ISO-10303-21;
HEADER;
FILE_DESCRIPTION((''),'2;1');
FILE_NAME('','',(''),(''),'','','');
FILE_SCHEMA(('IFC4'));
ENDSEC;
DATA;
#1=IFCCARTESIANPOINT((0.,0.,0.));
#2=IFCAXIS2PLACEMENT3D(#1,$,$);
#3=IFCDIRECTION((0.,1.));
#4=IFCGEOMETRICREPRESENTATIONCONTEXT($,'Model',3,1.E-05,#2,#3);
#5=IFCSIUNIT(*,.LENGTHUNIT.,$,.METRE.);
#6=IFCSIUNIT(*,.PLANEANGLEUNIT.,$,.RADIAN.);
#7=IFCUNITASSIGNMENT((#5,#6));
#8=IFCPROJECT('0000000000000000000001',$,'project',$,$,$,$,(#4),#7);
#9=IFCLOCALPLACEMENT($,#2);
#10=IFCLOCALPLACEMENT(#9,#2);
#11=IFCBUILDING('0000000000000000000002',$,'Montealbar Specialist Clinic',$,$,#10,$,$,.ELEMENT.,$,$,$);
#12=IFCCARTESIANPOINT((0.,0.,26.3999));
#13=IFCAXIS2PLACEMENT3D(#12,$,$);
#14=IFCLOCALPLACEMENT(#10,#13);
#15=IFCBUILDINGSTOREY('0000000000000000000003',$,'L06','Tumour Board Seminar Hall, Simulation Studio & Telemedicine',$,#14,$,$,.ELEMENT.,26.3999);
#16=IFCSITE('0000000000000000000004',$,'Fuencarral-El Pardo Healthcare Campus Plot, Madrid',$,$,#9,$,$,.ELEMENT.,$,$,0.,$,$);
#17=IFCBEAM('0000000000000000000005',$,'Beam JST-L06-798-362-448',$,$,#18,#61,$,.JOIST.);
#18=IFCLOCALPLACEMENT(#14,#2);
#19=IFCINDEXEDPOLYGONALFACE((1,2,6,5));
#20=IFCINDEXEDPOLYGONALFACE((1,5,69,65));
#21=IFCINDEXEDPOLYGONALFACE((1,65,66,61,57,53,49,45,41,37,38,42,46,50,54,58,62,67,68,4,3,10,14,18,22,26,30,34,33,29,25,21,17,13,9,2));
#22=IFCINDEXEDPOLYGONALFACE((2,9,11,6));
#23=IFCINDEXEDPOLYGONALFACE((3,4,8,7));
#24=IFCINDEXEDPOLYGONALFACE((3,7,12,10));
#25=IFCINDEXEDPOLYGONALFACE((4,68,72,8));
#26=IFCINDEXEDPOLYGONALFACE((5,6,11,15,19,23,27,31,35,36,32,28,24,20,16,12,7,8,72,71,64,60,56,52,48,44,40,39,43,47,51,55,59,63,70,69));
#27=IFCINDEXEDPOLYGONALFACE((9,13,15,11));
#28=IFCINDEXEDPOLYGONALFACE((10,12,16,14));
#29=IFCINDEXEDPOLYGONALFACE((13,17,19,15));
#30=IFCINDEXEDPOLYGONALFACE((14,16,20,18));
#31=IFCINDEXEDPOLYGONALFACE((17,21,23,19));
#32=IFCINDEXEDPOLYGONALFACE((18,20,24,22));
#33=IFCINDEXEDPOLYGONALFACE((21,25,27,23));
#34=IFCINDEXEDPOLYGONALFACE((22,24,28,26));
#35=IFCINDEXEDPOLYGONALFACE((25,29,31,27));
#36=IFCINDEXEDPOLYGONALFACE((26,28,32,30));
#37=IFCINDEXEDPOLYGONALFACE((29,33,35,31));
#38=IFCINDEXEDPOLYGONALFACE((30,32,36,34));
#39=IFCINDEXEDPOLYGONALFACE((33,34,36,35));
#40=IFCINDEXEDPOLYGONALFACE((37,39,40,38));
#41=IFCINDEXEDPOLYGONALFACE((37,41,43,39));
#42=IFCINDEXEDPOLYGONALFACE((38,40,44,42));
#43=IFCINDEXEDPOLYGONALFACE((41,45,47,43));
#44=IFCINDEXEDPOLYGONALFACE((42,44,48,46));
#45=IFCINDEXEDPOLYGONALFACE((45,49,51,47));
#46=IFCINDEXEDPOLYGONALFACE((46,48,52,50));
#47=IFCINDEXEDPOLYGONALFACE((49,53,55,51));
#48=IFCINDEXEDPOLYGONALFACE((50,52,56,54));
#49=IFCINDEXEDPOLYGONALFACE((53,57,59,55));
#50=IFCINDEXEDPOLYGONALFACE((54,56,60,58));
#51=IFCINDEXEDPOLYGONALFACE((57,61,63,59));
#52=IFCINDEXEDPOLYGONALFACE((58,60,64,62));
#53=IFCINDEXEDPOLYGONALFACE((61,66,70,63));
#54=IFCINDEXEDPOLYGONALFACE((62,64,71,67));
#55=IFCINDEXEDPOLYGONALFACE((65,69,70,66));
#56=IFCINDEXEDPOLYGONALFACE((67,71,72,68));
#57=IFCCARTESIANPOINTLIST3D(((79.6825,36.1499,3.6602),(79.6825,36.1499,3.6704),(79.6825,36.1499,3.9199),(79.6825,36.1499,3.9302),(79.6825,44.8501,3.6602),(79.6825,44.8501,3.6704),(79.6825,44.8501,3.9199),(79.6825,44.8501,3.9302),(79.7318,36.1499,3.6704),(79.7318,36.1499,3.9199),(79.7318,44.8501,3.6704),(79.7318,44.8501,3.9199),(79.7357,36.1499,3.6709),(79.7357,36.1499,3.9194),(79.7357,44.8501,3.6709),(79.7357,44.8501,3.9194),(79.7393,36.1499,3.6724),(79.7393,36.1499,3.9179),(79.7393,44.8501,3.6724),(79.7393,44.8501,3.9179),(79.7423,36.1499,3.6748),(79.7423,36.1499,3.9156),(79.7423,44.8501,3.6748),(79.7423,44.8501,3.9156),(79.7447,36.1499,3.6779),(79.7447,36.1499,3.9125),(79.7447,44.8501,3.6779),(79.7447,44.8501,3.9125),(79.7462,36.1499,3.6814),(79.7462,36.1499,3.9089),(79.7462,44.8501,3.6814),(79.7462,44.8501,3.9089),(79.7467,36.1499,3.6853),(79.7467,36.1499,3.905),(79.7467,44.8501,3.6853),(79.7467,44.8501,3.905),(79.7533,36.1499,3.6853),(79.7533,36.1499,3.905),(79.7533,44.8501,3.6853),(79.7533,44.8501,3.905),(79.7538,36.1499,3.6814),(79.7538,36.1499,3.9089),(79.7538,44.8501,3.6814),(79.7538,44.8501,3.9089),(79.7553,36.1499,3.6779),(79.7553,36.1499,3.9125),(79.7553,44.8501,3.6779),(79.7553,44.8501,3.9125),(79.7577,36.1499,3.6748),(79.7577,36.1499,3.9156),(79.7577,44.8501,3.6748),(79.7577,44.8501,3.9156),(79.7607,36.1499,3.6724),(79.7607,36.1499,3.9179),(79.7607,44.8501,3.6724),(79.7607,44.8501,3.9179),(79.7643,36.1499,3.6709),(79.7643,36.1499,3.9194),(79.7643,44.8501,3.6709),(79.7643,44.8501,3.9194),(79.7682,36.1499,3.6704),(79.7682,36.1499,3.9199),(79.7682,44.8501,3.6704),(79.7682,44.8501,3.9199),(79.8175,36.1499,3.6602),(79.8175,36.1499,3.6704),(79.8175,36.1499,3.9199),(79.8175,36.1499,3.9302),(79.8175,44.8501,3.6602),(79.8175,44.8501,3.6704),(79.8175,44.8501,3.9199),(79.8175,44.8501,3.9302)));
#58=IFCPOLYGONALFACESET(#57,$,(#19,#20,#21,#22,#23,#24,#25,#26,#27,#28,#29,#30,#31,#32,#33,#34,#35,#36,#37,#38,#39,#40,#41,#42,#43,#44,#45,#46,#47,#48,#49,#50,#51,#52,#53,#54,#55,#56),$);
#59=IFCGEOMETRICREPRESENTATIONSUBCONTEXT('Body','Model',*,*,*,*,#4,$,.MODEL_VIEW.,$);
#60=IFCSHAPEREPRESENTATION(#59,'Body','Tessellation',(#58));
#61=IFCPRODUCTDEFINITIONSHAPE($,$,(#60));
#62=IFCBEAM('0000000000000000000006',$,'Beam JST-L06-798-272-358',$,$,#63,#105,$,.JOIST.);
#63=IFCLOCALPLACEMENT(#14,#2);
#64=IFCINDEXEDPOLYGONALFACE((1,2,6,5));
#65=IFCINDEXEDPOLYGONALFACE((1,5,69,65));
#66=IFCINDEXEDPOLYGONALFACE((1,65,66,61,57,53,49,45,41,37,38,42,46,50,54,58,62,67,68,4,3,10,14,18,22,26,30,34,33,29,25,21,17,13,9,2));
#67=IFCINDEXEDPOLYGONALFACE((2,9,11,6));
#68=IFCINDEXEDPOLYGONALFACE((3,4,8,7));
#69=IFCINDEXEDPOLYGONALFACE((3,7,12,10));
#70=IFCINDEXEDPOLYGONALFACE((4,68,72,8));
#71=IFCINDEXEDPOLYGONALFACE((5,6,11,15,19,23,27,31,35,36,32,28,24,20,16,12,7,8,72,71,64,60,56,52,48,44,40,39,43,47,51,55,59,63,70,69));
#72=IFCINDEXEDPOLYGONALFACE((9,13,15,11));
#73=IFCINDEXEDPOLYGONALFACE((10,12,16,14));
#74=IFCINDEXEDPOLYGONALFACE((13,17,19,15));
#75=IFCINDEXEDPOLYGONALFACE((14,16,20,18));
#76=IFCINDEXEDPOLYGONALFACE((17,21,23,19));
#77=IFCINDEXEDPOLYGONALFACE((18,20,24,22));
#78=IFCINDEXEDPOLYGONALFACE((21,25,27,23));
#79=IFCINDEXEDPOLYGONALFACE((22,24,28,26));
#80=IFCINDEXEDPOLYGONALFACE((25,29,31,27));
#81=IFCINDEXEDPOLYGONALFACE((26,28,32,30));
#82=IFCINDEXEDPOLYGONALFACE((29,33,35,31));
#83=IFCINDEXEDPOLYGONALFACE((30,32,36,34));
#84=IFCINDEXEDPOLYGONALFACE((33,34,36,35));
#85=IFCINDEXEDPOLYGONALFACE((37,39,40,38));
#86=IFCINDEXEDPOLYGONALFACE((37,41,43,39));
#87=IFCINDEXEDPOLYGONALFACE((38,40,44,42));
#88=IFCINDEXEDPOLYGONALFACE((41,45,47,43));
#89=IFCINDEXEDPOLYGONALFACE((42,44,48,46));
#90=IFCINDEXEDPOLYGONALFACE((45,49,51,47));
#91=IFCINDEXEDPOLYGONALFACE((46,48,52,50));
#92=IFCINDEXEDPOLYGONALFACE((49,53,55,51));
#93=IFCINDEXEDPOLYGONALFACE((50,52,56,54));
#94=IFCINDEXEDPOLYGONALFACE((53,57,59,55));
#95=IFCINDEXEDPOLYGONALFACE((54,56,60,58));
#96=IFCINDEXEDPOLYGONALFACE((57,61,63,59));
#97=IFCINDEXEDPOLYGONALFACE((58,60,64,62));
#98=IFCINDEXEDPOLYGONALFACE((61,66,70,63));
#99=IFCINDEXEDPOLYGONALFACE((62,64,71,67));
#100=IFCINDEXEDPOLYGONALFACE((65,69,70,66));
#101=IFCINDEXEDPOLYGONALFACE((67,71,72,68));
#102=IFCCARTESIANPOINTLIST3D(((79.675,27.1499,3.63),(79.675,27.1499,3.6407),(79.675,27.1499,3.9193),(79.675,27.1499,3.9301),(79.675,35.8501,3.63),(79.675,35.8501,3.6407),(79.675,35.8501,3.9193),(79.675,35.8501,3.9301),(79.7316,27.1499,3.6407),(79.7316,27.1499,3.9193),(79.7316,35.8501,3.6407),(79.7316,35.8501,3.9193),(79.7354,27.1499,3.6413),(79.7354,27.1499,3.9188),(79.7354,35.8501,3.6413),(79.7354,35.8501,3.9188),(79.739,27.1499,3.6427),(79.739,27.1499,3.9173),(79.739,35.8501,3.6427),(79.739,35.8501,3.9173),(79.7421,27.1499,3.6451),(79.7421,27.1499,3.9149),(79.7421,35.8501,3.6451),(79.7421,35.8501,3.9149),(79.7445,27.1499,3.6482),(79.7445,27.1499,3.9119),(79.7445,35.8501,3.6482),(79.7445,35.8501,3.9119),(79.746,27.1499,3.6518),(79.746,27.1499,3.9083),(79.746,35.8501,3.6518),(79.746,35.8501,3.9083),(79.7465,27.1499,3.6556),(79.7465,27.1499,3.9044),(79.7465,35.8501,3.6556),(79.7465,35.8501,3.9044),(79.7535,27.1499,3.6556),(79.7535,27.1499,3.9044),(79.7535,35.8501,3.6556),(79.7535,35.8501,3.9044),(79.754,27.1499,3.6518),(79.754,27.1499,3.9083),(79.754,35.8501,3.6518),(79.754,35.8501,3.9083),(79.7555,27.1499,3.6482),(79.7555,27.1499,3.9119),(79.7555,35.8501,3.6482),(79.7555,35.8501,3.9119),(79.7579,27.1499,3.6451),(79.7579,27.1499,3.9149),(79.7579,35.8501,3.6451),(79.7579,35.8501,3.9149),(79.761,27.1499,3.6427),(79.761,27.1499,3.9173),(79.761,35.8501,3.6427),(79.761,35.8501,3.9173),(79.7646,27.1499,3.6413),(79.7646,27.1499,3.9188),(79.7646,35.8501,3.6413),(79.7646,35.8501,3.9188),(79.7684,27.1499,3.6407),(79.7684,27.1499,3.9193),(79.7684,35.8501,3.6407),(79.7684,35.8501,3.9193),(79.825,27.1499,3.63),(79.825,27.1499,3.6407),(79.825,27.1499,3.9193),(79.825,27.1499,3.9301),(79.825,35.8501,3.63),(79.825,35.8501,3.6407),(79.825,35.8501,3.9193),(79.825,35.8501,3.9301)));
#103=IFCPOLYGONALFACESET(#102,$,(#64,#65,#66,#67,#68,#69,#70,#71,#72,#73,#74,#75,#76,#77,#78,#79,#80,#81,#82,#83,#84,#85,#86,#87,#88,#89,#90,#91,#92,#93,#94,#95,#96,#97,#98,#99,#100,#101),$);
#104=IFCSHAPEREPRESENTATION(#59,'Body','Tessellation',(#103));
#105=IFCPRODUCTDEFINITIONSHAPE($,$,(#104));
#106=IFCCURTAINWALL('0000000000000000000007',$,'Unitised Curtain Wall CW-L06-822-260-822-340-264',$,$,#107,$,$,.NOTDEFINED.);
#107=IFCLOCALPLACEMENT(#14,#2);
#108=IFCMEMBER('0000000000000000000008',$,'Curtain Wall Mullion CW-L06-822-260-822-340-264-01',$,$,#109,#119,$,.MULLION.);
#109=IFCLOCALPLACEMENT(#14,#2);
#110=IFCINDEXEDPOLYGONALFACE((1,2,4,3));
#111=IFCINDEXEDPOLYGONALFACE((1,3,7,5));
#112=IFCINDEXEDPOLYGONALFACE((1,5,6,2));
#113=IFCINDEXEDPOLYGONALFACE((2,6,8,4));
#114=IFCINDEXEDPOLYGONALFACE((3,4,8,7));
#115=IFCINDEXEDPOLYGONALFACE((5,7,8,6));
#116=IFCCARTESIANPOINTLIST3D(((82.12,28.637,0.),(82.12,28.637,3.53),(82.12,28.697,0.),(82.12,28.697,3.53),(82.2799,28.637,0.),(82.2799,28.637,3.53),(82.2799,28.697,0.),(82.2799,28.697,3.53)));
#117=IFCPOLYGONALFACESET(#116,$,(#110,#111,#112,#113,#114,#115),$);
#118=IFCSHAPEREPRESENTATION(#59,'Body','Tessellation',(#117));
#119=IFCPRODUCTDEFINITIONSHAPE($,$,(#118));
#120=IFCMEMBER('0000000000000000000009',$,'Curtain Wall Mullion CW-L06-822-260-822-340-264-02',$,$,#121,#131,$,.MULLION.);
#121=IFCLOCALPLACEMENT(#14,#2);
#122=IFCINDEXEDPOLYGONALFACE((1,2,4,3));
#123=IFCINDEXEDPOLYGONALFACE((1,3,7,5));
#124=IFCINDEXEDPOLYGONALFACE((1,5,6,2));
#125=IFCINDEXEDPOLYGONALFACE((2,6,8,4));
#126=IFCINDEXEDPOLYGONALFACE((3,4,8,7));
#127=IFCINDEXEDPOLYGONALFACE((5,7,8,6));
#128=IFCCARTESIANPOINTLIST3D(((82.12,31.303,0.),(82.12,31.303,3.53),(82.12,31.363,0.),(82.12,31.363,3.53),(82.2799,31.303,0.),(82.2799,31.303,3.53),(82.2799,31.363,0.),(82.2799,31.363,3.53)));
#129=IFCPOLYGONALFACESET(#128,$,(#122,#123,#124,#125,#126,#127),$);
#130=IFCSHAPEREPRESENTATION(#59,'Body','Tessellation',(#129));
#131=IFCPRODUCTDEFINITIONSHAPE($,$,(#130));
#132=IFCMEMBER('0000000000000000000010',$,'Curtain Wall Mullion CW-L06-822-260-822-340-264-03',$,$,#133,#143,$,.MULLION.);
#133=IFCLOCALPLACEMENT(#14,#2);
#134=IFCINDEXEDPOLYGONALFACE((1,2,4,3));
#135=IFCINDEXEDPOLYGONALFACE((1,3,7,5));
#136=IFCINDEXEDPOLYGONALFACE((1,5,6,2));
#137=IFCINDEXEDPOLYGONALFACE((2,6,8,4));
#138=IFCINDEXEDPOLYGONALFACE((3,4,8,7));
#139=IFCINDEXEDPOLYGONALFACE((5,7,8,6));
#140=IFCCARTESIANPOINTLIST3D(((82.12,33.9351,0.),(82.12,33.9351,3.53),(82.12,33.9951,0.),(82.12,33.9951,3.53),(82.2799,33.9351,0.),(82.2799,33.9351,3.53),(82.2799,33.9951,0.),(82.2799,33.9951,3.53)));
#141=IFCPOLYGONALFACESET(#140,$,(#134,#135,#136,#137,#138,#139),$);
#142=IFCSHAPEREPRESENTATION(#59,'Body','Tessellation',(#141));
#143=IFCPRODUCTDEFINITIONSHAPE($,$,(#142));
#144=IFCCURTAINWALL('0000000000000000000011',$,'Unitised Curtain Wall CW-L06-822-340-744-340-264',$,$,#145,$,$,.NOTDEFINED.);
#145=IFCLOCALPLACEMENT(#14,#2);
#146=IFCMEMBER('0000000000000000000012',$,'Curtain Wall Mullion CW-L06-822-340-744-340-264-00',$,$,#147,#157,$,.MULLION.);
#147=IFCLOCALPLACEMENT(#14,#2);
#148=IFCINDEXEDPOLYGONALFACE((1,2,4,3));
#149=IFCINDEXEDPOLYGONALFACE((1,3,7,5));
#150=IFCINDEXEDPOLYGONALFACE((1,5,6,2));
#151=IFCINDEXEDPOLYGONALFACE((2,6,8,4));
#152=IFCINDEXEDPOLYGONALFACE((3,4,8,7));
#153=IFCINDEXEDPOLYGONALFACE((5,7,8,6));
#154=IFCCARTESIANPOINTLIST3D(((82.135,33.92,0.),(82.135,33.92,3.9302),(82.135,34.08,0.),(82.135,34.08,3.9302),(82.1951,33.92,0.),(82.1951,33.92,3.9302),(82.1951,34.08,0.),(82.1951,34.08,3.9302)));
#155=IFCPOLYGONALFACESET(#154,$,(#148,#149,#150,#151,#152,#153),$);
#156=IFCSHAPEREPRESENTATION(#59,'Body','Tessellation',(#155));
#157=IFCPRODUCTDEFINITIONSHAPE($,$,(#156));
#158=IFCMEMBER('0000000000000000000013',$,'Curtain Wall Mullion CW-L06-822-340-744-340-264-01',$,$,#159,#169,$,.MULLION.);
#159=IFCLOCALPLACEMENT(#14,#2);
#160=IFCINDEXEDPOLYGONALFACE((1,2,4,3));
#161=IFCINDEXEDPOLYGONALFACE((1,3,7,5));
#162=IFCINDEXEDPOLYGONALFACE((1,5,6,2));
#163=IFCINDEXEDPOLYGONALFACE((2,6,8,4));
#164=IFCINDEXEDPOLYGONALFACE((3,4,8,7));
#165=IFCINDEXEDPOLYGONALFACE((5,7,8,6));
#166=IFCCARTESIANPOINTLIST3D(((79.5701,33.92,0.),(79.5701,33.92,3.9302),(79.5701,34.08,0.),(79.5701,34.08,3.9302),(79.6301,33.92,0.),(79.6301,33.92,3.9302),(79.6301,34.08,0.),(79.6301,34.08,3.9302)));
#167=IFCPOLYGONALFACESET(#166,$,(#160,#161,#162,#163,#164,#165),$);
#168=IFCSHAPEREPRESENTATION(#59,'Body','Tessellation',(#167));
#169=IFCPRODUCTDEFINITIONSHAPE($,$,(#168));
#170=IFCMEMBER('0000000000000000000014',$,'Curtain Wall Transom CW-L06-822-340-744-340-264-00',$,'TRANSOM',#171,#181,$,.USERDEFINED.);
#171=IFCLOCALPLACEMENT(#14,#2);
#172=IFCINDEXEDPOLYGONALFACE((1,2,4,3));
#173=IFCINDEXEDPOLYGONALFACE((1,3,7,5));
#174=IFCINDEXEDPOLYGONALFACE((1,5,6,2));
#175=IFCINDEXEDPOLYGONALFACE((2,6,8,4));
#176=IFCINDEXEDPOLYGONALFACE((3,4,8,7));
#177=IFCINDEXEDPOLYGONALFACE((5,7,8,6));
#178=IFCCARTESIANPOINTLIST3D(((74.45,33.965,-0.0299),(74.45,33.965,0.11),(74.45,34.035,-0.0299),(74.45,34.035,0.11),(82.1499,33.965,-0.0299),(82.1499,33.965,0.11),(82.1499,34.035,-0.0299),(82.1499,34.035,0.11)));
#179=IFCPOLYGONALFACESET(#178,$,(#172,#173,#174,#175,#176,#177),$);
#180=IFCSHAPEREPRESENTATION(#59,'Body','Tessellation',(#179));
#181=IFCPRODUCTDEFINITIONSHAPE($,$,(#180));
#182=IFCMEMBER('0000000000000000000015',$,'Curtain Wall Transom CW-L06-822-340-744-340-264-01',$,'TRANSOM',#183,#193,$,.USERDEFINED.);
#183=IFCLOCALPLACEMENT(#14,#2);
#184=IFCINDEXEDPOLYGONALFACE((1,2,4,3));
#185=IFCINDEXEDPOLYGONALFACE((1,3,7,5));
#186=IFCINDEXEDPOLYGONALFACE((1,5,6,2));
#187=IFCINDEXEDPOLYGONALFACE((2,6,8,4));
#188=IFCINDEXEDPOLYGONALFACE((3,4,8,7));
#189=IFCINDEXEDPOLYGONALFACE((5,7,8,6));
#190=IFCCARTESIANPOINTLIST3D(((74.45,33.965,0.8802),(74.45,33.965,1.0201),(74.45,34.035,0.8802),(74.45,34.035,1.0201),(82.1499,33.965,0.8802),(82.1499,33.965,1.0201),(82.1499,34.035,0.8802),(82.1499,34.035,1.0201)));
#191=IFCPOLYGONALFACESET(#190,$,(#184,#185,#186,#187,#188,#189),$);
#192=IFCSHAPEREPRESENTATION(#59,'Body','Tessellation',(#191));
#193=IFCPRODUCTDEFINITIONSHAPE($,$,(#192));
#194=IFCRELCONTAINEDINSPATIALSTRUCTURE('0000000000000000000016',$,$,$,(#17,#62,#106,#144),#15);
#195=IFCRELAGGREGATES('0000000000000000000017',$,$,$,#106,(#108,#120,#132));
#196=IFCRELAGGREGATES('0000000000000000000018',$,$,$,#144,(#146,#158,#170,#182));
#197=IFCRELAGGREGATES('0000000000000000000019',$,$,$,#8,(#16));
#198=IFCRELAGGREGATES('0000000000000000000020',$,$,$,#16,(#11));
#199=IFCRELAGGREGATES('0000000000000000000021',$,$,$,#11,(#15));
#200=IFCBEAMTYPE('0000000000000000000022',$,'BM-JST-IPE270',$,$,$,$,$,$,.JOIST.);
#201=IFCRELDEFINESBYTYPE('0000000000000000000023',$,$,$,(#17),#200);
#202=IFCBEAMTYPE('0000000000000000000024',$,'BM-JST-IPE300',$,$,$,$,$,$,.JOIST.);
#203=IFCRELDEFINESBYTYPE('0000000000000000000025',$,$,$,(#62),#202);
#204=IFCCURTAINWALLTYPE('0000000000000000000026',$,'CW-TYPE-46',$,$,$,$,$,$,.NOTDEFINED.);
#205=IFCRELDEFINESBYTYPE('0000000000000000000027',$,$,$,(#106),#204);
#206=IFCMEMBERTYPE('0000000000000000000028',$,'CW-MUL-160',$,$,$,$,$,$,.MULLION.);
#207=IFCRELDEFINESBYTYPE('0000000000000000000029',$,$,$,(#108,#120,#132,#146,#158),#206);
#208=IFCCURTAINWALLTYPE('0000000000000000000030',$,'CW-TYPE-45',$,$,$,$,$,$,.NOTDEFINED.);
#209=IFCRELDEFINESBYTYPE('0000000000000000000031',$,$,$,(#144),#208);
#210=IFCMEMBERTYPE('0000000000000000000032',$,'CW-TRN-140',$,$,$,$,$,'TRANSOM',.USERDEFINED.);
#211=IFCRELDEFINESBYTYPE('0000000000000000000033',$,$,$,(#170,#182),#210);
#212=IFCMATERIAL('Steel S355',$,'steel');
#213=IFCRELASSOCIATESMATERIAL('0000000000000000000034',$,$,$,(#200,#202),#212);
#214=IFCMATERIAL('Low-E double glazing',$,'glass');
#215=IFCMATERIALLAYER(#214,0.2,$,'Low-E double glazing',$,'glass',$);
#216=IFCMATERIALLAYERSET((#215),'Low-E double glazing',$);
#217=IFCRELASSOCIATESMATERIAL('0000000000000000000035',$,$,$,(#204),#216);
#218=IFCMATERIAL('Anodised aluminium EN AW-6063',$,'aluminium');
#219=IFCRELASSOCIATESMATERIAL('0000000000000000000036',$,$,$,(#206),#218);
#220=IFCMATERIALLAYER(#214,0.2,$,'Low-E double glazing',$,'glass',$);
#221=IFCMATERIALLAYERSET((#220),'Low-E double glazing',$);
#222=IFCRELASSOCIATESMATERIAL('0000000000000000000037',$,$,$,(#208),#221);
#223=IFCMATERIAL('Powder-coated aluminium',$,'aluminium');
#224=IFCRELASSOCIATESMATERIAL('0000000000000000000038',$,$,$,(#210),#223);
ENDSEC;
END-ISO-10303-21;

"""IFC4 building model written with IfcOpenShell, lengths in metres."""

from ifc_helpers import new_model, si_unit, direction, frame, origin, origin_2d, place, context, subcontext, project, spatial, rectangle, i_section, extrude, material, layer, layer_set, material_profile, profile_set, type_object, element, aggregate, save


model = new_model("IFC4")

# Units and contexts
model_context = context("Model", 3, precision=1e-05, world=origin(), true_north=direction((0.0, 1.0)))
body_context = subcontext(model_context, "Body", "Model", "MODEL_VIEW")
ifc_project = project(units=[si_unit("LENGTHUNIT", "METRE"), si_unit("PLANEANGLEUNIT", "RADIAN")], contexts=[model_context])

# Site, building, storey
site_placement = place(None, origin())
site = spatial("IfcSite", under=ifc_project, at=site_placement, Name="Fuencarral-El Pardo Healthcare Campus Plot, Madrid", CompositionType="ELEMENT", RefElevation=0.0)
building_placement = place(site_placement, origin())
building = spatial("IfcBuilding", under=site, at=building_placement, Name="Montealbar Specialist Clinic", CompositionType="ELEMENT")
storey_placement = place(building_placement, frame((0.0, 0.0, 26.3999)))
storey = spatial("IfcBuildingStorey", under=building, at=storey_placement, Name="L06", Description="Tumour Board Seminar Hall, Simulation Studio & Telemedicine", CompositionType="ELEMENT", Elevation=26.3999)

# Beams
ifc_material_1 = material(Name="Steel S355", Category="steel")
ifc_material_profile_1 = material_profile(ifc_material_1, i_section(OverallWidth=0.135, OverallDepth=0.27, WebThickness=0.0066, FlangeThickness=0.0103, FilletRadius=0.0149, at=origin_2d()), Name="IPE 270", Category="steel")
ifc_profile_set_1 = profile_set([ifc_material_profile_1], Name="Steel S355")
beam_type_1 = type_object("IfcBeamType", Name="BM-JST-IPE270", PredefinedType="JOIST", material=ifc_profile_set_1)
beam_1_placement = place(storey_placement, frame((79.75, 36.1499, 3.7952), z_axis=(0.0, 1.0, 0.0), x_axis=(-1.0, 0.0, 0.0)))
element("IfcBeam", 1, at=beam_1_placement, inside=storey, type_object=beam_type_1, Name="Beam JST-L06-798-362-448", PredefinedType="JOIST", context=body_context, shape_type="SweptSolid", body=[
    extrude(i_section(OverallWidth=0.135, OverallDepth=0.27, WebThickness=0.0066, FlangeThickness=0.0103, FilletRadius=0.0149, at=origin_2d()), origin(), (0.0, 0.0, 1.0), 8.7002),
])
ifc_material_profile_2 = material_profile(ifc_material_1, i_section(OverallWidth=0.1499, OverallDepth=0.3, WebThickness=0.0071, FlangeThickness=0.0107, FilletRadius=0.0149, at=origin_2d()), Name="IPE 300", Category="steel")
ifc_profile_set_2 = profile_set([ifc_material_profile_2], Name="Steel S355")
beam_type_2 = type_object("IfcBeamType", Name="BM-JST-IPE300", PredefinedType="JOIST", material=ifc_profile_set_2)
beam_2_placement = place(storey_placement, frame((79.75, 27.1499, 3.78), z_axis=(0.0, 1.0, 0.0), x_axis=(-1.0, 0.0, 0.0)))
element("IfcBeam", 2, at=beam_2_placement, inside=storey, type_object=beam_type_2, Name="Beam JST-L06-798-272-358", PredefinedType="JOIST", context=body_context, shape_type="SweptSolid", body=[
    extrude(i_section(OverallWidth=0.1499, OverallDepth=0.3, WebThickness=0.0071, FlangeThickness=0.0107, FilletRadius=0.0149, at=origin_2d()), origin(), (0.0, 0.0, 1.0), 8.7002),
])

# Curtain walls, members
ifc_material_2 = material(Name="Low-E double glazing", Category="glass")
ifc_layer_1 = layer(ifc_material_2, 0.2, Name="Low-E double glazing", Category="glass")
ifc_layer_set_1 = layer_set([ifc_layer_1], Name="Low-E double glazing")
curtain_wall_type_1 = type_object("IfcCurtainWallType", Name="CW-TYPE-46", PredefinedType="NOTDEFINED", material=ifc_layer_set_1)
curtain_wall_1_placement = place(storey_placement, origin())
curtain_wall_1 = element("IfcCurtainWall", 3, at=curtain_wall_1_placement, inside=storey, type_object=curtain_wall_type_1, Name="Unitised Curtain Wall CW-L06-822-260-822-340-264", PredefinedType="NOTDEFINED")
ifc_material_3 = material(Name="Anodised aluminium EN AW-6063", Category="aluminium")
ifc_material_profile_3 = material_profile(ifc_material_3, rectangle(XDim=0.0601, YDim=0.1599, at=origin_2d()), Name="ALU 60x160", Category="aluminium")
ifc_profile_set_3 = profile_set([ifc_material_profile_3], Name="Anodised aluminium EN AW-6063")
member_type_1 = type_object("IfcMemberType", Name="CW-MUL-160", PredefinedType="MULLION", material=ifc_profile_set_3)
member_1_placement = place(storey_placement, frame((82.2, 28.667, 0.0), z_axis=(0.0, 0.0, 1.0), x_axis=(0.0, 1.0, 0.0)))
member_1 = element("IfcMember", 4, at=member_1_placement, type_object=member_type_1, Name="Curtain Wall Mullion CW-L06-822-260-822-340-264-01", PredefinedType="MULLION", context=body_context, shape_type="SweptSolid", body=[
    extrude(rectangle(XDim=0.0601, YDim=0.1599, at=origin_2d()), origin(), (0.0, 0.0, 1.0), 3.53),
])
member_2_placement = place(storey_placement, frame((82.2, 31.333, 0.0), z_axis=(0.0, 0.0, 1.0), x_axis=(0.0, 1.0, 0.0)))
member_2 = element("IfcMember", 5, at=member_2_placement, type_object=member_type_1, Name="Curtain Wall Mullion CW-L06-822-260-822-340-264-02", PredefinedType="MULLION", context=body_context, shape_type="SweptSolid", body=[
    extrude(rectangle(XDim=0.0601, YDim=0.1599, at=origin_2d()), origin(), (0.0, 0.0, 1.0), 3.53),
])
member_3_placement = place(storey_placement, frame((82.2, 33.9651, 0.0), z_axis=(0.0, 0.0, 1.0), x_axis=(0.0, 1.0, 0.0)))
member_3 = element("IfcMember", 6, at=member_3_placement, type_object=member_type_1, Name="Curtain Wall Mullion CW-L06-822-260-822-340-264-03", PredefinedType="MULLION", context=body_context, shape_type="SweptSolid", body=[
    extrude(rectangle(XDim=0.0601, YDim=0.1599, at=origin_2d()), origin(), (0.0, 0.0, 1.0), 3.53),
])
ifc_layer_2 = layer(ifc_material_2, 0.2, Name="Low-E double glazing", Category="glass")
ifc_layer_set_2 = layer_set([ifc_layer_2], Name="Low-E double glazing")
curtain_wall_type_2 = type_object("IfcCurtainWallType", Name="CW-TYPE-45", PredefinedType="NOTDEFINED", material=ifc_layer_set_2)
curtain_wall_2_placement = place(storey_placement, origin())
curtain_wall_2 = element("IfcCurtainWall", 7, at=curtain_wall_2_placement, inside=storey, type_object=curtain_wall_type_2, Name="Unitised Curtain Wall CW-L06-822-340-744-340-264", PredefinedType="NOTDEFINED")
member_4_placement = place(storey_placement, frame((82.165, 34.0, 0.0), z_axis=(0.0, 0.0, 1.0), x_axis=(-1.0, 0.0, 0.0)))
member_4 = element("IfcMember", 8, at=member_4_placement, type_object=member_type_1, Name="Curtain Wall Mullion CW-L06-822-340-744-340-264-00", PredefinedType="MULLION", context=body_context, shape_type="SweptSolid", body=[
    extrude(rectangle(XDim=0.0601, YDim=0.1599, at=origin_2d()), origin(), (0.0, 0.0, 1.0), 3.9302),
])
member_5_placement = place(storey_placement, frame((79.6001, 34.0, 0.0), z_axis=(0.0, 0.0, 1.0), x_axis=(-1.0, 0.0, 0.0)))
member_5 = element("IfcMember", 9, at=member_5_placement, type_object=member_type_1, Name="Curtain Wall Mullion CW-L06-822-340-744-340-264-01", PredefinedType="MULLION", context=body_context, shape_type="SweptSolid", body=[
    extrude(rectangle(XDim=0.0601, YDim=0.1599, at=origin_2d()), origin(), (0.0, 0.0, 1.0), 3.9302),
])
ifc_material_4 = material(Name="Powder-coated aluminium", Category="aluminium")
ifc_material_profile_4 = material_profile(ifc_material_4, rectangle(XDim=0.0701, YDim=0.1399, at=origin_2d()), Name="ALU 70x140", Category="aluminium")
ifc_profile_set_4 = profile_set([ifc_material_profile_4], Name="Powder-coated aluminium")
member_type_2 = type_object("IfcMemberType", Name="CW-TRN-140", ElementType="TRANSOM", PredefinedType="USERDEFINED", material=ifc_profile_set_4)
member_6_placement = place(storey_placement, frame((82.1499, 34.0, 0.04), z_axis=(-1.0, 0.0, 0.0), x_axis=(0.0, -1.0, 0.0)))
member_6 = element("IfcMember", 10, at=member_6_placement, type_object=member_type_2, Name="Curtain Wall Transom CW-L06-822-340-744-340-264-00", ObjectType="TRANSOM", PredefinedType="USERDEFINED", context=body_context, shape_type="SweptSolid", body=[
    extrude(rectangle(XDim=0.0701, YDim=0.1399, at=origin_2d()), origin(), (0.0, 0.0, 1.0), 7.7),
])
member_7_placement = place(storey_placement, frame((82.1499, 34.0, 0.9502), z_axis=(-1.0, 0.0, 0.0), x_axis=(0.0, -1.0, 0.0)))
member_7 = element("IfcMember", 11, at=member_7_placement, type_object=member_type_2, Name="Curtain Wall Transom CW-L06-822-340-744-340-264-01", ObjectType="TRANSOM", PredefinedType="USERDEFINED", context=body_context, shape_type="SweptSolid", body=[
    extrude(rectangle(XDim=0.0701, YDim=0.1399, at=origin_2d()), origin(), (0.0, 0.0, 1.0), 7.7),
])

aggregate(curtain_wall_1, [member_1, member_2, member_3])
aggregate(curtain_wall_2, [member_4, member_5, member_6, member_7])

save(model, "model.ifc")
